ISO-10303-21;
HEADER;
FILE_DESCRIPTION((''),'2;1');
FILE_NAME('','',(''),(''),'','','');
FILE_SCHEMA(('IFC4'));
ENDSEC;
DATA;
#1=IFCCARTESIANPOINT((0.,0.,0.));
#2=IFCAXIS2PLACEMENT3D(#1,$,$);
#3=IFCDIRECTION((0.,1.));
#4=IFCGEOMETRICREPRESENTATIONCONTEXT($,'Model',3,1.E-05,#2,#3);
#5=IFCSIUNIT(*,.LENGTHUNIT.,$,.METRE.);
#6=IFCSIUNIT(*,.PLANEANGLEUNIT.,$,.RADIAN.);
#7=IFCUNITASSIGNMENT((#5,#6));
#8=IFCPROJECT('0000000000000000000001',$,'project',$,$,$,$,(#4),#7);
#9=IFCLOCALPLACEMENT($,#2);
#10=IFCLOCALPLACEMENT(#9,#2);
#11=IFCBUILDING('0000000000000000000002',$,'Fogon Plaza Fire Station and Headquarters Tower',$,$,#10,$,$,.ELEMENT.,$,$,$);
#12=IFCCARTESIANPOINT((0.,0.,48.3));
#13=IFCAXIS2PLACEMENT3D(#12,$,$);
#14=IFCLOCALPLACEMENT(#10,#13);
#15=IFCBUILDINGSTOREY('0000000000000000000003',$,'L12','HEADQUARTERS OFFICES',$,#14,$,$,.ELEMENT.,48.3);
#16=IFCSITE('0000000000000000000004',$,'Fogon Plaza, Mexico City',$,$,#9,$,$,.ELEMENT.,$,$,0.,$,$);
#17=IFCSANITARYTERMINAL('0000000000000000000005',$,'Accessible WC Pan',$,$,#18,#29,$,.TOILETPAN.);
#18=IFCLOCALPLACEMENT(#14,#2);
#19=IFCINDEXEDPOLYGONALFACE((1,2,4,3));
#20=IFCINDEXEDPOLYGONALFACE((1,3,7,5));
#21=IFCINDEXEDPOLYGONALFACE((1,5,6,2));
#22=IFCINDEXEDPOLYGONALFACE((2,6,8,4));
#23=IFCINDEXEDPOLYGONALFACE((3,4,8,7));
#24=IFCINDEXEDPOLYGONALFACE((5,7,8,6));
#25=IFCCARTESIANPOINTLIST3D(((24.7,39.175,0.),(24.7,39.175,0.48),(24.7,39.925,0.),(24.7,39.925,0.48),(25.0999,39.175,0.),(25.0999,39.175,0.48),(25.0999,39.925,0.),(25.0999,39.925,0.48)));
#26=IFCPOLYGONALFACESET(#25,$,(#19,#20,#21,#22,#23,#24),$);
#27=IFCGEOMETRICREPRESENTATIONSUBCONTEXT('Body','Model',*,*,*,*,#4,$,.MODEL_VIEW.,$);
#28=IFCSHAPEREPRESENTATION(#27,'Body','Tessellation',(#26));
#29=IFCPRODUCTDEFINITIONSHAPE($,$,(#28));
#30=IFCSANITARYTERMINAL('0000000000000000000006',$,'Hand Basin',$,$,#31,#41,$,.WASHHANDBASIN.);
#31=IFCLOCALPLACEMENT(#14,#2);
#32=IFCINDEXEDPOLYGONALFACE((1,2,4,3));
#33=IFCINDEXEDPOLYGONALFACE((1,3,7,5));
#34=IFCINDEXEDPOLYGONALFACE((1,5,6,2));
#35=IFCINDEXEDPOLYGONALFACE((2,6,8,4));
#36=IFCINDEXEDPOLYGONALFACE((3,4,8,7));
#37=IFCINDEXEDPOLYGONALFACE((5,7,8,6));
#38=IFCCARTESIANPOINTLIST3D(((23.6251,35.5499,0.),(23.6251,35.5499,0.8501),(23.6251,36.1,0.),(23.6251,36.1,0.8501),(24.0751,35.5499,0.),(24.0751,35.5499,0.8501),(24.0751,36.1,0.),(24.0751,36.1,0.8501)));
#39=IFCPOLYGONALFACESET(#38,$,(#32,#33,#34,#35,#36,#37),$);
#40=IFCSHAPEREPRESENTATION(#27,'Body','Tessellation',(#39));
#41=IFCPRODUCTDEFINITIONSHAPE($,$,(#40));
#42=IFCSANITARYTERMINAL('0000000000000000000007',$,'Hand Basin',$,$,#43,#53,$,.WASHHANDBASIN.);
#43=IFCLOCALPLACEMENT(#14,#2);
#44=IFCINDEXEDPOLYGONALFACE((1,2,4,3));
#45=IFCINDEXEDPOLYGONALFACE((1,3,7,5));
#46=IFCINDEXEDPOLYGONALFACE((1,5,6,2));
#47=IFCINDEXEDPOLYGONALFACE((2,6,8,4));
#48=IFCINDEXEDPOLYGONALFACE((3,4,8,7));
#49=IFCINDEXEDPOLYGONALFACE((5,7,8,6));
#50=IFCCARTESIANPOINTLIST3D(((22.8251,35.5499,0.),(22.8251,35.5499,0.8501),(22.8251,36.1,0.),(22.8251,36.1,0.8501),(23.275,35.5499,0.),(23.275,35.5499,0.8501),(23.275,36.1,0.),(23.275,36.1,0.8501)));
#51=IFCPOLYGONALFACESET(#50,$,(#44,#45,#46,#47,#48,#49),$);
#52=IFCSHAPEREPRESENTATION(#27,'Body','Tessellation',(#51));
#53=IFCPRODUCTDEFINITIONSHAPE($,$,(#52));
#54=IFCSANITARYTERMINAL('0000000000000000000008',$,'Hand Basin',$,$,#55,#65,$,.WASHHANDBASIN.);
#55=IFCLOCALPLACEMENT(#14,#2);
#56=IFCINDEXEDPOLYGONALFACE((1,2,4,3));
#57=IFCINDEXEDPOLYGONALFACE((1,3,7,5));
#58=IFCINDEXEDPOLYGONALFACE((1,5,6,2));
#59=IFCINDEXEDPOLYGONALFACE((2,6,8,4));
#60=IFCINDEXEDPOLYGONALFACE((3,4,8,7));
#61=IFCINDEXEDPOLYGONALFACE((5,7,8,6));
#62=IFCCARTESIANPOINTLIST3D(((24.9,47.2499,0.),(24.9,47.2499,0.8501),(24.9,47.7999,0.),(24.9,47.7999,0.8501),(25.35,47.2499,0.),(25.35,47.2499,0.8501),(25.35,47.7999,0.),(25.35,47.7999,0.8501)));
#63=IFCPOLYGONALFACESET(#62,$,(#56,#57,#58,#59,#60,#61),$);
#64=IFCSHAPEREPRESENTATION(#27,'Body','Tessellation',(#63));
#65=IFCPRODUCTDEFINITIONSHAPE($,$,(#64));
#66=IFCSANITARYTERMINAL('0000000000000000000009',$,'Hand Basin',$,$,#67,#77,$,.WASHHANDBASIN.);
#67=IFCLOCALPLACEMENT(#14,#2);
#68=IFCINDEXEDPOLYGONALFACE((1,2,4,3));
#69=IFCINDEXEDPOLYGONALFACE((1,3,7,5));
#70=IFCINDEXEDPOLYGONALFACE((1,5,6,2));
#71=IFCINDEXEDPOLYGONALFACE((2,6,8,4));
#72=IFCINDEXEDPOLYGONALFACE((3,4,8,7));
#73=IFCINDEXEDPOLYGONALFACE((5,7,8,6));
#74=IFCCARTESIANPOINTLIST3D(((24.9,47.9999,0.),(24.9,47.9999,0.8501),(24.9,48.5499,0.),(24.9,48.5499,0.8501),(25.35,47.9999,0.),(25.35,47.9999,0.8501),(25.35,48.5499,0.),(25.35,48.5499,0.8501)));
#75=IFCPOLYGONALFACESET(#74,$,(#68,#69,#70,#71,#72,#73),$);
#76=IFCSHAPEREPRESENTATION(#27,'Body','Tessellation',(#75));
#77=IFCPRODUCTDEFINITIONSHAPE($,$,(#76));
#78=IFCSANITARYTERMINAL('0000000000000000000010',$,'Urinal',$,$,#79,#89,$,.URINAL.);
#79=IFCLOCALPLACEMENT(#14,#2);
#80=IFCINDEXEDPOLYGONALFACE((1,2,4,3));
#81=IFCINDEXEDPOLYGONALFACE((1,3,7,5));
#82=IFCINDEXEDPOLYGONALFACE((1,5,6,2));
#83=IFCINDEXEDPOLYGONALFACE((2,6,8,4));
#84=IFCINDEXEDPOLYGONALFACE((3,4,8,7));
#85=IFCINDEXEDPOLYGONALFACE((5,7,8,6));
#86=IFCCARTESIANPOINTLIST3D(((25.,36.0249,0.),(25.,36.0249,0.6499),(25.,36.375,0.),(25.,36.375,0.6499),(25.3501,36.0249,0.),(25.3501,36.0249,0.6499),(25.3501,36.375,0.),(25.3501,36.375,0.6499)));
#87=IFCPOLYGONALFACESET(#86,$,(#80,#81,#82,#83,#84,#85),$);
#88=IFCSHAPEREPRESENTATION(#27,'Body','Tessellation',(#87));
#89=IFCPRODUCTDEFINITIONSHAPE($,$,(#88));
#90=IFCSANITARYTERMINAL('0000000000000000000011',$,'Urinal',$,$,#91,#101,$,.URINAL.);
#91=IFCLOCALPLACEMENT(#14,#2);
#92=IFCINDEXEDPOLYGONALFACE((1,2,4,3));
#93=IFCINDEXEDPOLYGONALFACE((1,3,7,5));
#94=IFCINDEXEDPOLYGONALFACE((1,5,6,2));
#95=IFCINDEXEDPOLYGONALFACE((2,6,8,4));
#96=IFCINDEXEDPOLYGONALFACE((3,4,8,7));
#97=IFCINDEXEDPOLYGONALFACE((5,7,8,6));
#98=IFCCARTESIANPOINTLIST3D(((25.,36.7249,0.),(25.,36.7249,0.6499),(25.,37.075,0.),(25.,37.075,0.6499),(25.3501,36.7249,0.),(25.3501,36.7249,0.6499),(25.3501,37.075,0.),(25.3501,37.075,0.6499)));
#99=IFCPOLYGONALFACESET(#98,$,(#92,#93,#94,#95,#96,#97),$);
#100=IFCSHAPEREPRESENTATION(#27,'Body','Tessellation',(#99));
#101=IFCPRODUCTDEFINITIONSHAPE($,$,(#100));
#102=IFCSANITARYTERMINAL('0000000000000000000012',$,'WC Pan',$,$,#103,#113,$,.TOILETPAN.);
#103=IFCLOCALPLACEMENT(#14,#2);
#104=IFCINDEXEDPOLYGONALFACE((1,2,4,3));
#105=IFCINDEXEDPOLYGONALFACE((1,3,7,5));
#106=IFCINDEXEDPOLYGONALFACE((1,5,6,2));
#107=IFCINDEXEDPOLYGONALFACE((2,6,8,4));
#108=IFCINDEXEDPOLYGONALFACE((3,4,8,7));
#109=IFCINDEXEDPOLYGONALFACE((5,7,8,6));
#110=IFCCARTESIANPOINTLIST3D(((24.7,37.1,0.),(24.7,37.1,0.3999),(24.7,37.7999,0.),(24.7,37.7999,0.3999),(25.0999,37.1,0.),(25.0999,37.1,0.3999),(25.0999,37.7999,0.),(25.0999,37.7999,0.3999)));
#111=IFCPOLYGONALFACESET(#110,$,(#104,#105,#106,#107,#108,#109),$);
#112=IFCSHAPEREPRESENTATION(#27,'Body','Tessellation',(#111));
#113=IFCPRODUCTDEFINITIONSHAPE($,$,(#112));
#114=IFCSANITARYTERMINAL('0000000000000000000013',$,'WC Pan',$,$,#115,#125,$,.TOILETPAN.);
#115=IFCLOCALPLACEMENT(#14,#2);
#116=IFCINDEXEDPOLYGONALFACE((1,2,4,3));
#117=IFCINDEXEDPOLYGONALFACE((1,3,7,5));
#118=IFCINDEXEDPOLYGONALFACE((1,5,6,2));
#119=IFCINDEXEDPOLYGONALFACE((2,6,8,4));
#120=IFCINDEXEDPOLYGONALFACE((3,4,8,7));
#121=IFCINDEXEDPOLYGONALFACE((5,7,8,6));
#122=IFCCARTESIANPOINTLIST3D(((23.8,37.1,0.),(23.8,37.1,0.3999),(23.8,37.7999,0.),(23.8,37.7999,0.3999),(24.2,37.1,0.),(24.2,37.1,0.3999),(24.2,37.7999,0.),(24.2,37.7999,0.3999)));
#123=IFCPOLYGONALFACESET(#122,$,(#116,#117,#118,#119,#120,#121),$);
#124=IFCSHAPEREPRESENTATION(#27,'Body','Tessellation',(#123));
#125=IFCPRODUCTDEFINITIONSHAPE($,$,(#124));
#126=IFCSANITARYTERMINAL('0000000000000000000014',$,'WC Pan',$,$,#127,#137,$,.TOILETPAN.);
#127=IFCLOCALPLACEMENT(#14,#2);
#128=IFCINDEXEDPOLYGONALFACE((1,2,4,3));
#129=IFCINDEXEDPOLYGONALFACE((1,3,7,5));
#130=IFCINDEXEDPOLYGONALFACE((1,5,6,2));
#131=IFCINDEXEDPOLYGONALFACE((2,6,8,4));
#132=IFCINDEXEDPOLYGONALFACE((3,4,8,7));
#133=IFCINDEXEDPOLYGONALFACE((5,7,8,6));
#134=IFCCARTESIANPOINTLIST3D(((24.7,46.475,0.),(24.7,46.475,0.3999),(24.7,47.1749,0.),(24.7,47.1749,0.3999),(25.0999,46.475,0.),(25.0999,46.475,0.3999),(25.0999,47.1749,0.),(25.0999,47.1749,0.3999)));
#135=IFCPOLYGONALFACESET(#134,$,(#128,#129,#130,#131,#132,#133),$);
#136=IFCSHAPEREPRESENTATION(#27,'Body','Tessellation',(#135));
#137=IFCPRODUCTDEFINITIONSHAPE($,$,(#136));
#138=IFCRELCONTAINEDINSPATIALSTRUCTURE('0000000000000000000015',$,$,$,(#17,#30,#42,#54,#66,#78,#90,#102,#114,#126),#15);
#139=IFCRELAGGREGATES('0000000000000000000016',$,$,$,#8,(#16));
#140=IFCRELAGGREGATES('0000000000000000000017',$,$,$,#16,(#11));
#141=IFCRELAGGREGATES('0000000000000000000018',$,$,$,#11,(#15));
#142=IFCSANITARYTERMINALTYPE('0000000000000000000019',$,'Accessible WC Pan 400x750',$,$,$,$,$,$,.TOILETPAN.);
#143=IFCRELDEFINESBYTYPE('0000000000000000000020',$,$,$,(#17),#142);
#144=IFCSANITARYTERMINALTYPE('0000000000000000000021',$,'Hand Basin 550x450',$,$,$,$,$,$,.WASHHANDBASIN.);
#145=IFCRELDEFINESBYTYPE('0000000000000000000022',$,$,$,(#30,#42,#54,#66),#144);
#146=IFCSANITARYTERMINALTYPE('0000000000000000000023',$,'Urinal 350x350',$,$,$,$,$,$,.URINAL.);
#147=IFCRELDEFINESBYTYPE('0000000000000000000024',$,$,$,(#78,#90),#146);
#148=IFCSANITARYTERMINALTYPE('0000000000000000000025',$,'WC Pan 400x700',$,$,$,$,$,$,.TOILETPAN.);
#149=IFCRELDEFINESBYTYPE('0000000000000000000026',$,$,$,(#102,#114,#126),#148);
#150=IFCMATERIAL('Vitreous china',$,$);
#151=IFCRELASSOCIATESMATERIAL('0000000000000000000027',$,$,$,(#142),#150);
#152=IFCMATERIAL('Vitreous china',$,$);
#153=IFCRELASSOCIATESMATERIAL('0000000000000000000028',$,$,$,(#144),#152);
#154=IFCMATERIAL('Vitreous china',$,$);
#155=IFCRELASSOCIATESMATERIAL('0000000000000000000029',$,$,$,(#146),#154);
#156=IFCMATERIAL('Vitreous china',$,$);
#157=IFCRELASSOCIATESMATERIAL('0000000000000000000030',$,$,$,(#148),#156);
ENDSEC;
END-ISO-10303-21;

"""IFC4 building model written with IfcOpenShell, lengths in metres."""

from ifc_helpers import new_model, si_unit, direction, frame, origin, origin_2d, place, context, subcontext, project, spatial, rectangle, extrude, material, type_object, element, save


model = new_model("IFC4")

# Units and contexts
model_context = context("Model", 3, precision=1e-05, world=origin(), true_north=direction((0.0, 1.0)))
body_context = subcontext(model_context, "Body", "Model", "MODEL_VIEW")
ifc_project = project(units=[si_unit("LENGTHUNIT", "METRE"), si_unit("PLANEANGLEUNIT", "RADIAN")], contexts=[model_context])

# Site, building, storey
site_placement = place(None, origin())
site = spatial("IfcSite", under=ifc_project, at=site_placement, Name="Fogon Plaza, Mexico City", CompositionType="ELEMENT", RefElevation=0.0)
building_placement = place(site_placement, origin())
building = spatial("IfcBuilding", under=site, at=building_placement, Name="Fogon Plaza Fire Station and Headquarters Tower", CompositionType="ELEMENT")
storey_placement = place(building_placement, frame((0.0, 0.0, 48.3)))
storey = spatial("IfcBuildingStorey", under=building, at=storey_placement, Name="L12", Description="HEADQUARTERS OFFICES", CompositionType="ELEMENT", Elevation=48.3)

# Sanitary terminals
ifc_material_1 = material(Name="Vitreous china")
sanitary_terminal_type_1 = type_object("IfcSanitaryTerminalType", Name="Accessible WC Pan 400x750", PredefinedType="TOILETPAN", material=ifc_material_1)
sanitary_terminal_1_placement = place(storey_placement, frame((24.8999, 39.55, 0.0), z_axis=(0.0, 0.0, 1.0), x_axis=(1.0, 0.0, 0.0)))
element("IfcSanitaryTerminal", 1, at=sanitary_terminal_1_placement, inside=storey, type_object=sanitary_terminal_type_1, Name="Accessible WC Pan", PredefinedType="TOILETPAN", context=body_context, shape_type="SweptSolid", body=[
    extrude(rectangle(XDim=0.3999, YDim=0.75, at=origin_2d()), origin(), (0.0, 0.0, 1.0), 0.48),
])
ifc_material_2 = material(Name="Vitreous china")
sanitary_terminal_type_2 = type_object("IfcSanitaryTerminalType", Name="Hand Basin 550x450", PredefinedType="WASHHANDBASIN", material=ifc_material_2)
for number, where, z_axis, x_axis, name in (
    (2, (23.8501, 35.825, 0.0), (0.0, 0.0, 1.0), (1.0, 0.0, 0.0), "Hand Basin"),
    (3, (23.05, 35.825, 0.0), (0.0, 0.0, 1.0), (1.0, 0.0, 0.0), "Hand Basin"),
    (4, (25.125, 47.5249, 0.0), (0.0, 0.0, 1.0), (1.0, 0.0, 0.0), "Hand Basin"),
    (5, (25.125, 48.2749, 0.0), (0.0, 0.0, 1.0), (1.0, 0.0, 0.0), "Hand Basin"),
):
    element("IfcSanitaryTerminal", number, at=place(storey_placement, frame(where, z_axis=z_axis, x_axis=x_axis)), inside=storey, type_object=sanitary_terminal_type_2, Name=name, PredefinedType="WASHHANDBASIN", context=body_context, shape_type="SweptSolid", body=[
        extrude(rectangle(XDim=0.45, YDim=0.55, at=origin_2d()), origin(), (0.0, 0.0, 1.0), 0.8501),
    ])
ifc_material_3 = material(Name="Vitreous china")
sanitary_terminal_type_3 = type_object("IfcSanitaryTerminalType", Name="Urinal 350x350", PredefinedType="URINAL", material=ifc_material_3)
for number, where, z_axis, x_axis, name in (
    (6, (25.175, 36.2, 0.0), (0.0, 0.0, 1.0), (1.0, 0.0, 0.0), "Urinal"),
    (7, (25.175, 36.8999, 0.0), (0.0, 0.0, 1.0), (1.0, 0.0, 0.0), "Urinal"),
):
    element("IfcSanitaryTerminal", number, at=place(storey_placement, frame(where, z_axis=z_axis, x_axis=x_axis)), inside=storey, type_object=sanitary_terminal_type_3, Name=name, PredefinedType="URINAL", context=body_context, shape_type="SweptSolid", body=[
        extrude(rectangle(XDim=0.3501, YDim=0.3501, at=origin_2d()), origin(), (0.0, 0.0, 1.0), 0.6499),
    ])
ifc_material_4 = material(Name="Vitreous china")
sanitary_terminal_type_4 = type_object("IfcSanitaryTerminalType", Name="WC Pan 400x700", PredefinedType="TOILETPAN", material=ifc_material_4)
for number, where, z_axis, x_axis, name in (
    (8, (24.8999, 37.45, 0.0), (0.0, 0.0, 1.0), (1.0, 0.0, 0.0), "WC Pan"),
    (9, (24.0, 37.45, 0.0), (0.0, 0.0, 1.0), (1.0, 0.0, 0.0), "WC Pan"),
    (10, (24.8999, 46.825, 0.0), (0.0, 0.0, 1.0), (1.0, 0.0, 0.0), "WC Pan"),
):
    element("IfcSanitaryTerminal", number, at=place(storey_placement, frame(where, z_axis=z_axis, x_axis=x_axis)), inside=storey, type_object=sanitary_terminal_type_4, Name=name, PredefinedType="TOILETPAN", context=body_context, shape_type="SweptSolid", body=[
        extrude(rectangle(XDim=0.3999, YDim=0.7, at=origin_2d()), origin(), (0.0, 0.0, 1.0), 0.3999),
    ])

save(model, "model.ifc")
